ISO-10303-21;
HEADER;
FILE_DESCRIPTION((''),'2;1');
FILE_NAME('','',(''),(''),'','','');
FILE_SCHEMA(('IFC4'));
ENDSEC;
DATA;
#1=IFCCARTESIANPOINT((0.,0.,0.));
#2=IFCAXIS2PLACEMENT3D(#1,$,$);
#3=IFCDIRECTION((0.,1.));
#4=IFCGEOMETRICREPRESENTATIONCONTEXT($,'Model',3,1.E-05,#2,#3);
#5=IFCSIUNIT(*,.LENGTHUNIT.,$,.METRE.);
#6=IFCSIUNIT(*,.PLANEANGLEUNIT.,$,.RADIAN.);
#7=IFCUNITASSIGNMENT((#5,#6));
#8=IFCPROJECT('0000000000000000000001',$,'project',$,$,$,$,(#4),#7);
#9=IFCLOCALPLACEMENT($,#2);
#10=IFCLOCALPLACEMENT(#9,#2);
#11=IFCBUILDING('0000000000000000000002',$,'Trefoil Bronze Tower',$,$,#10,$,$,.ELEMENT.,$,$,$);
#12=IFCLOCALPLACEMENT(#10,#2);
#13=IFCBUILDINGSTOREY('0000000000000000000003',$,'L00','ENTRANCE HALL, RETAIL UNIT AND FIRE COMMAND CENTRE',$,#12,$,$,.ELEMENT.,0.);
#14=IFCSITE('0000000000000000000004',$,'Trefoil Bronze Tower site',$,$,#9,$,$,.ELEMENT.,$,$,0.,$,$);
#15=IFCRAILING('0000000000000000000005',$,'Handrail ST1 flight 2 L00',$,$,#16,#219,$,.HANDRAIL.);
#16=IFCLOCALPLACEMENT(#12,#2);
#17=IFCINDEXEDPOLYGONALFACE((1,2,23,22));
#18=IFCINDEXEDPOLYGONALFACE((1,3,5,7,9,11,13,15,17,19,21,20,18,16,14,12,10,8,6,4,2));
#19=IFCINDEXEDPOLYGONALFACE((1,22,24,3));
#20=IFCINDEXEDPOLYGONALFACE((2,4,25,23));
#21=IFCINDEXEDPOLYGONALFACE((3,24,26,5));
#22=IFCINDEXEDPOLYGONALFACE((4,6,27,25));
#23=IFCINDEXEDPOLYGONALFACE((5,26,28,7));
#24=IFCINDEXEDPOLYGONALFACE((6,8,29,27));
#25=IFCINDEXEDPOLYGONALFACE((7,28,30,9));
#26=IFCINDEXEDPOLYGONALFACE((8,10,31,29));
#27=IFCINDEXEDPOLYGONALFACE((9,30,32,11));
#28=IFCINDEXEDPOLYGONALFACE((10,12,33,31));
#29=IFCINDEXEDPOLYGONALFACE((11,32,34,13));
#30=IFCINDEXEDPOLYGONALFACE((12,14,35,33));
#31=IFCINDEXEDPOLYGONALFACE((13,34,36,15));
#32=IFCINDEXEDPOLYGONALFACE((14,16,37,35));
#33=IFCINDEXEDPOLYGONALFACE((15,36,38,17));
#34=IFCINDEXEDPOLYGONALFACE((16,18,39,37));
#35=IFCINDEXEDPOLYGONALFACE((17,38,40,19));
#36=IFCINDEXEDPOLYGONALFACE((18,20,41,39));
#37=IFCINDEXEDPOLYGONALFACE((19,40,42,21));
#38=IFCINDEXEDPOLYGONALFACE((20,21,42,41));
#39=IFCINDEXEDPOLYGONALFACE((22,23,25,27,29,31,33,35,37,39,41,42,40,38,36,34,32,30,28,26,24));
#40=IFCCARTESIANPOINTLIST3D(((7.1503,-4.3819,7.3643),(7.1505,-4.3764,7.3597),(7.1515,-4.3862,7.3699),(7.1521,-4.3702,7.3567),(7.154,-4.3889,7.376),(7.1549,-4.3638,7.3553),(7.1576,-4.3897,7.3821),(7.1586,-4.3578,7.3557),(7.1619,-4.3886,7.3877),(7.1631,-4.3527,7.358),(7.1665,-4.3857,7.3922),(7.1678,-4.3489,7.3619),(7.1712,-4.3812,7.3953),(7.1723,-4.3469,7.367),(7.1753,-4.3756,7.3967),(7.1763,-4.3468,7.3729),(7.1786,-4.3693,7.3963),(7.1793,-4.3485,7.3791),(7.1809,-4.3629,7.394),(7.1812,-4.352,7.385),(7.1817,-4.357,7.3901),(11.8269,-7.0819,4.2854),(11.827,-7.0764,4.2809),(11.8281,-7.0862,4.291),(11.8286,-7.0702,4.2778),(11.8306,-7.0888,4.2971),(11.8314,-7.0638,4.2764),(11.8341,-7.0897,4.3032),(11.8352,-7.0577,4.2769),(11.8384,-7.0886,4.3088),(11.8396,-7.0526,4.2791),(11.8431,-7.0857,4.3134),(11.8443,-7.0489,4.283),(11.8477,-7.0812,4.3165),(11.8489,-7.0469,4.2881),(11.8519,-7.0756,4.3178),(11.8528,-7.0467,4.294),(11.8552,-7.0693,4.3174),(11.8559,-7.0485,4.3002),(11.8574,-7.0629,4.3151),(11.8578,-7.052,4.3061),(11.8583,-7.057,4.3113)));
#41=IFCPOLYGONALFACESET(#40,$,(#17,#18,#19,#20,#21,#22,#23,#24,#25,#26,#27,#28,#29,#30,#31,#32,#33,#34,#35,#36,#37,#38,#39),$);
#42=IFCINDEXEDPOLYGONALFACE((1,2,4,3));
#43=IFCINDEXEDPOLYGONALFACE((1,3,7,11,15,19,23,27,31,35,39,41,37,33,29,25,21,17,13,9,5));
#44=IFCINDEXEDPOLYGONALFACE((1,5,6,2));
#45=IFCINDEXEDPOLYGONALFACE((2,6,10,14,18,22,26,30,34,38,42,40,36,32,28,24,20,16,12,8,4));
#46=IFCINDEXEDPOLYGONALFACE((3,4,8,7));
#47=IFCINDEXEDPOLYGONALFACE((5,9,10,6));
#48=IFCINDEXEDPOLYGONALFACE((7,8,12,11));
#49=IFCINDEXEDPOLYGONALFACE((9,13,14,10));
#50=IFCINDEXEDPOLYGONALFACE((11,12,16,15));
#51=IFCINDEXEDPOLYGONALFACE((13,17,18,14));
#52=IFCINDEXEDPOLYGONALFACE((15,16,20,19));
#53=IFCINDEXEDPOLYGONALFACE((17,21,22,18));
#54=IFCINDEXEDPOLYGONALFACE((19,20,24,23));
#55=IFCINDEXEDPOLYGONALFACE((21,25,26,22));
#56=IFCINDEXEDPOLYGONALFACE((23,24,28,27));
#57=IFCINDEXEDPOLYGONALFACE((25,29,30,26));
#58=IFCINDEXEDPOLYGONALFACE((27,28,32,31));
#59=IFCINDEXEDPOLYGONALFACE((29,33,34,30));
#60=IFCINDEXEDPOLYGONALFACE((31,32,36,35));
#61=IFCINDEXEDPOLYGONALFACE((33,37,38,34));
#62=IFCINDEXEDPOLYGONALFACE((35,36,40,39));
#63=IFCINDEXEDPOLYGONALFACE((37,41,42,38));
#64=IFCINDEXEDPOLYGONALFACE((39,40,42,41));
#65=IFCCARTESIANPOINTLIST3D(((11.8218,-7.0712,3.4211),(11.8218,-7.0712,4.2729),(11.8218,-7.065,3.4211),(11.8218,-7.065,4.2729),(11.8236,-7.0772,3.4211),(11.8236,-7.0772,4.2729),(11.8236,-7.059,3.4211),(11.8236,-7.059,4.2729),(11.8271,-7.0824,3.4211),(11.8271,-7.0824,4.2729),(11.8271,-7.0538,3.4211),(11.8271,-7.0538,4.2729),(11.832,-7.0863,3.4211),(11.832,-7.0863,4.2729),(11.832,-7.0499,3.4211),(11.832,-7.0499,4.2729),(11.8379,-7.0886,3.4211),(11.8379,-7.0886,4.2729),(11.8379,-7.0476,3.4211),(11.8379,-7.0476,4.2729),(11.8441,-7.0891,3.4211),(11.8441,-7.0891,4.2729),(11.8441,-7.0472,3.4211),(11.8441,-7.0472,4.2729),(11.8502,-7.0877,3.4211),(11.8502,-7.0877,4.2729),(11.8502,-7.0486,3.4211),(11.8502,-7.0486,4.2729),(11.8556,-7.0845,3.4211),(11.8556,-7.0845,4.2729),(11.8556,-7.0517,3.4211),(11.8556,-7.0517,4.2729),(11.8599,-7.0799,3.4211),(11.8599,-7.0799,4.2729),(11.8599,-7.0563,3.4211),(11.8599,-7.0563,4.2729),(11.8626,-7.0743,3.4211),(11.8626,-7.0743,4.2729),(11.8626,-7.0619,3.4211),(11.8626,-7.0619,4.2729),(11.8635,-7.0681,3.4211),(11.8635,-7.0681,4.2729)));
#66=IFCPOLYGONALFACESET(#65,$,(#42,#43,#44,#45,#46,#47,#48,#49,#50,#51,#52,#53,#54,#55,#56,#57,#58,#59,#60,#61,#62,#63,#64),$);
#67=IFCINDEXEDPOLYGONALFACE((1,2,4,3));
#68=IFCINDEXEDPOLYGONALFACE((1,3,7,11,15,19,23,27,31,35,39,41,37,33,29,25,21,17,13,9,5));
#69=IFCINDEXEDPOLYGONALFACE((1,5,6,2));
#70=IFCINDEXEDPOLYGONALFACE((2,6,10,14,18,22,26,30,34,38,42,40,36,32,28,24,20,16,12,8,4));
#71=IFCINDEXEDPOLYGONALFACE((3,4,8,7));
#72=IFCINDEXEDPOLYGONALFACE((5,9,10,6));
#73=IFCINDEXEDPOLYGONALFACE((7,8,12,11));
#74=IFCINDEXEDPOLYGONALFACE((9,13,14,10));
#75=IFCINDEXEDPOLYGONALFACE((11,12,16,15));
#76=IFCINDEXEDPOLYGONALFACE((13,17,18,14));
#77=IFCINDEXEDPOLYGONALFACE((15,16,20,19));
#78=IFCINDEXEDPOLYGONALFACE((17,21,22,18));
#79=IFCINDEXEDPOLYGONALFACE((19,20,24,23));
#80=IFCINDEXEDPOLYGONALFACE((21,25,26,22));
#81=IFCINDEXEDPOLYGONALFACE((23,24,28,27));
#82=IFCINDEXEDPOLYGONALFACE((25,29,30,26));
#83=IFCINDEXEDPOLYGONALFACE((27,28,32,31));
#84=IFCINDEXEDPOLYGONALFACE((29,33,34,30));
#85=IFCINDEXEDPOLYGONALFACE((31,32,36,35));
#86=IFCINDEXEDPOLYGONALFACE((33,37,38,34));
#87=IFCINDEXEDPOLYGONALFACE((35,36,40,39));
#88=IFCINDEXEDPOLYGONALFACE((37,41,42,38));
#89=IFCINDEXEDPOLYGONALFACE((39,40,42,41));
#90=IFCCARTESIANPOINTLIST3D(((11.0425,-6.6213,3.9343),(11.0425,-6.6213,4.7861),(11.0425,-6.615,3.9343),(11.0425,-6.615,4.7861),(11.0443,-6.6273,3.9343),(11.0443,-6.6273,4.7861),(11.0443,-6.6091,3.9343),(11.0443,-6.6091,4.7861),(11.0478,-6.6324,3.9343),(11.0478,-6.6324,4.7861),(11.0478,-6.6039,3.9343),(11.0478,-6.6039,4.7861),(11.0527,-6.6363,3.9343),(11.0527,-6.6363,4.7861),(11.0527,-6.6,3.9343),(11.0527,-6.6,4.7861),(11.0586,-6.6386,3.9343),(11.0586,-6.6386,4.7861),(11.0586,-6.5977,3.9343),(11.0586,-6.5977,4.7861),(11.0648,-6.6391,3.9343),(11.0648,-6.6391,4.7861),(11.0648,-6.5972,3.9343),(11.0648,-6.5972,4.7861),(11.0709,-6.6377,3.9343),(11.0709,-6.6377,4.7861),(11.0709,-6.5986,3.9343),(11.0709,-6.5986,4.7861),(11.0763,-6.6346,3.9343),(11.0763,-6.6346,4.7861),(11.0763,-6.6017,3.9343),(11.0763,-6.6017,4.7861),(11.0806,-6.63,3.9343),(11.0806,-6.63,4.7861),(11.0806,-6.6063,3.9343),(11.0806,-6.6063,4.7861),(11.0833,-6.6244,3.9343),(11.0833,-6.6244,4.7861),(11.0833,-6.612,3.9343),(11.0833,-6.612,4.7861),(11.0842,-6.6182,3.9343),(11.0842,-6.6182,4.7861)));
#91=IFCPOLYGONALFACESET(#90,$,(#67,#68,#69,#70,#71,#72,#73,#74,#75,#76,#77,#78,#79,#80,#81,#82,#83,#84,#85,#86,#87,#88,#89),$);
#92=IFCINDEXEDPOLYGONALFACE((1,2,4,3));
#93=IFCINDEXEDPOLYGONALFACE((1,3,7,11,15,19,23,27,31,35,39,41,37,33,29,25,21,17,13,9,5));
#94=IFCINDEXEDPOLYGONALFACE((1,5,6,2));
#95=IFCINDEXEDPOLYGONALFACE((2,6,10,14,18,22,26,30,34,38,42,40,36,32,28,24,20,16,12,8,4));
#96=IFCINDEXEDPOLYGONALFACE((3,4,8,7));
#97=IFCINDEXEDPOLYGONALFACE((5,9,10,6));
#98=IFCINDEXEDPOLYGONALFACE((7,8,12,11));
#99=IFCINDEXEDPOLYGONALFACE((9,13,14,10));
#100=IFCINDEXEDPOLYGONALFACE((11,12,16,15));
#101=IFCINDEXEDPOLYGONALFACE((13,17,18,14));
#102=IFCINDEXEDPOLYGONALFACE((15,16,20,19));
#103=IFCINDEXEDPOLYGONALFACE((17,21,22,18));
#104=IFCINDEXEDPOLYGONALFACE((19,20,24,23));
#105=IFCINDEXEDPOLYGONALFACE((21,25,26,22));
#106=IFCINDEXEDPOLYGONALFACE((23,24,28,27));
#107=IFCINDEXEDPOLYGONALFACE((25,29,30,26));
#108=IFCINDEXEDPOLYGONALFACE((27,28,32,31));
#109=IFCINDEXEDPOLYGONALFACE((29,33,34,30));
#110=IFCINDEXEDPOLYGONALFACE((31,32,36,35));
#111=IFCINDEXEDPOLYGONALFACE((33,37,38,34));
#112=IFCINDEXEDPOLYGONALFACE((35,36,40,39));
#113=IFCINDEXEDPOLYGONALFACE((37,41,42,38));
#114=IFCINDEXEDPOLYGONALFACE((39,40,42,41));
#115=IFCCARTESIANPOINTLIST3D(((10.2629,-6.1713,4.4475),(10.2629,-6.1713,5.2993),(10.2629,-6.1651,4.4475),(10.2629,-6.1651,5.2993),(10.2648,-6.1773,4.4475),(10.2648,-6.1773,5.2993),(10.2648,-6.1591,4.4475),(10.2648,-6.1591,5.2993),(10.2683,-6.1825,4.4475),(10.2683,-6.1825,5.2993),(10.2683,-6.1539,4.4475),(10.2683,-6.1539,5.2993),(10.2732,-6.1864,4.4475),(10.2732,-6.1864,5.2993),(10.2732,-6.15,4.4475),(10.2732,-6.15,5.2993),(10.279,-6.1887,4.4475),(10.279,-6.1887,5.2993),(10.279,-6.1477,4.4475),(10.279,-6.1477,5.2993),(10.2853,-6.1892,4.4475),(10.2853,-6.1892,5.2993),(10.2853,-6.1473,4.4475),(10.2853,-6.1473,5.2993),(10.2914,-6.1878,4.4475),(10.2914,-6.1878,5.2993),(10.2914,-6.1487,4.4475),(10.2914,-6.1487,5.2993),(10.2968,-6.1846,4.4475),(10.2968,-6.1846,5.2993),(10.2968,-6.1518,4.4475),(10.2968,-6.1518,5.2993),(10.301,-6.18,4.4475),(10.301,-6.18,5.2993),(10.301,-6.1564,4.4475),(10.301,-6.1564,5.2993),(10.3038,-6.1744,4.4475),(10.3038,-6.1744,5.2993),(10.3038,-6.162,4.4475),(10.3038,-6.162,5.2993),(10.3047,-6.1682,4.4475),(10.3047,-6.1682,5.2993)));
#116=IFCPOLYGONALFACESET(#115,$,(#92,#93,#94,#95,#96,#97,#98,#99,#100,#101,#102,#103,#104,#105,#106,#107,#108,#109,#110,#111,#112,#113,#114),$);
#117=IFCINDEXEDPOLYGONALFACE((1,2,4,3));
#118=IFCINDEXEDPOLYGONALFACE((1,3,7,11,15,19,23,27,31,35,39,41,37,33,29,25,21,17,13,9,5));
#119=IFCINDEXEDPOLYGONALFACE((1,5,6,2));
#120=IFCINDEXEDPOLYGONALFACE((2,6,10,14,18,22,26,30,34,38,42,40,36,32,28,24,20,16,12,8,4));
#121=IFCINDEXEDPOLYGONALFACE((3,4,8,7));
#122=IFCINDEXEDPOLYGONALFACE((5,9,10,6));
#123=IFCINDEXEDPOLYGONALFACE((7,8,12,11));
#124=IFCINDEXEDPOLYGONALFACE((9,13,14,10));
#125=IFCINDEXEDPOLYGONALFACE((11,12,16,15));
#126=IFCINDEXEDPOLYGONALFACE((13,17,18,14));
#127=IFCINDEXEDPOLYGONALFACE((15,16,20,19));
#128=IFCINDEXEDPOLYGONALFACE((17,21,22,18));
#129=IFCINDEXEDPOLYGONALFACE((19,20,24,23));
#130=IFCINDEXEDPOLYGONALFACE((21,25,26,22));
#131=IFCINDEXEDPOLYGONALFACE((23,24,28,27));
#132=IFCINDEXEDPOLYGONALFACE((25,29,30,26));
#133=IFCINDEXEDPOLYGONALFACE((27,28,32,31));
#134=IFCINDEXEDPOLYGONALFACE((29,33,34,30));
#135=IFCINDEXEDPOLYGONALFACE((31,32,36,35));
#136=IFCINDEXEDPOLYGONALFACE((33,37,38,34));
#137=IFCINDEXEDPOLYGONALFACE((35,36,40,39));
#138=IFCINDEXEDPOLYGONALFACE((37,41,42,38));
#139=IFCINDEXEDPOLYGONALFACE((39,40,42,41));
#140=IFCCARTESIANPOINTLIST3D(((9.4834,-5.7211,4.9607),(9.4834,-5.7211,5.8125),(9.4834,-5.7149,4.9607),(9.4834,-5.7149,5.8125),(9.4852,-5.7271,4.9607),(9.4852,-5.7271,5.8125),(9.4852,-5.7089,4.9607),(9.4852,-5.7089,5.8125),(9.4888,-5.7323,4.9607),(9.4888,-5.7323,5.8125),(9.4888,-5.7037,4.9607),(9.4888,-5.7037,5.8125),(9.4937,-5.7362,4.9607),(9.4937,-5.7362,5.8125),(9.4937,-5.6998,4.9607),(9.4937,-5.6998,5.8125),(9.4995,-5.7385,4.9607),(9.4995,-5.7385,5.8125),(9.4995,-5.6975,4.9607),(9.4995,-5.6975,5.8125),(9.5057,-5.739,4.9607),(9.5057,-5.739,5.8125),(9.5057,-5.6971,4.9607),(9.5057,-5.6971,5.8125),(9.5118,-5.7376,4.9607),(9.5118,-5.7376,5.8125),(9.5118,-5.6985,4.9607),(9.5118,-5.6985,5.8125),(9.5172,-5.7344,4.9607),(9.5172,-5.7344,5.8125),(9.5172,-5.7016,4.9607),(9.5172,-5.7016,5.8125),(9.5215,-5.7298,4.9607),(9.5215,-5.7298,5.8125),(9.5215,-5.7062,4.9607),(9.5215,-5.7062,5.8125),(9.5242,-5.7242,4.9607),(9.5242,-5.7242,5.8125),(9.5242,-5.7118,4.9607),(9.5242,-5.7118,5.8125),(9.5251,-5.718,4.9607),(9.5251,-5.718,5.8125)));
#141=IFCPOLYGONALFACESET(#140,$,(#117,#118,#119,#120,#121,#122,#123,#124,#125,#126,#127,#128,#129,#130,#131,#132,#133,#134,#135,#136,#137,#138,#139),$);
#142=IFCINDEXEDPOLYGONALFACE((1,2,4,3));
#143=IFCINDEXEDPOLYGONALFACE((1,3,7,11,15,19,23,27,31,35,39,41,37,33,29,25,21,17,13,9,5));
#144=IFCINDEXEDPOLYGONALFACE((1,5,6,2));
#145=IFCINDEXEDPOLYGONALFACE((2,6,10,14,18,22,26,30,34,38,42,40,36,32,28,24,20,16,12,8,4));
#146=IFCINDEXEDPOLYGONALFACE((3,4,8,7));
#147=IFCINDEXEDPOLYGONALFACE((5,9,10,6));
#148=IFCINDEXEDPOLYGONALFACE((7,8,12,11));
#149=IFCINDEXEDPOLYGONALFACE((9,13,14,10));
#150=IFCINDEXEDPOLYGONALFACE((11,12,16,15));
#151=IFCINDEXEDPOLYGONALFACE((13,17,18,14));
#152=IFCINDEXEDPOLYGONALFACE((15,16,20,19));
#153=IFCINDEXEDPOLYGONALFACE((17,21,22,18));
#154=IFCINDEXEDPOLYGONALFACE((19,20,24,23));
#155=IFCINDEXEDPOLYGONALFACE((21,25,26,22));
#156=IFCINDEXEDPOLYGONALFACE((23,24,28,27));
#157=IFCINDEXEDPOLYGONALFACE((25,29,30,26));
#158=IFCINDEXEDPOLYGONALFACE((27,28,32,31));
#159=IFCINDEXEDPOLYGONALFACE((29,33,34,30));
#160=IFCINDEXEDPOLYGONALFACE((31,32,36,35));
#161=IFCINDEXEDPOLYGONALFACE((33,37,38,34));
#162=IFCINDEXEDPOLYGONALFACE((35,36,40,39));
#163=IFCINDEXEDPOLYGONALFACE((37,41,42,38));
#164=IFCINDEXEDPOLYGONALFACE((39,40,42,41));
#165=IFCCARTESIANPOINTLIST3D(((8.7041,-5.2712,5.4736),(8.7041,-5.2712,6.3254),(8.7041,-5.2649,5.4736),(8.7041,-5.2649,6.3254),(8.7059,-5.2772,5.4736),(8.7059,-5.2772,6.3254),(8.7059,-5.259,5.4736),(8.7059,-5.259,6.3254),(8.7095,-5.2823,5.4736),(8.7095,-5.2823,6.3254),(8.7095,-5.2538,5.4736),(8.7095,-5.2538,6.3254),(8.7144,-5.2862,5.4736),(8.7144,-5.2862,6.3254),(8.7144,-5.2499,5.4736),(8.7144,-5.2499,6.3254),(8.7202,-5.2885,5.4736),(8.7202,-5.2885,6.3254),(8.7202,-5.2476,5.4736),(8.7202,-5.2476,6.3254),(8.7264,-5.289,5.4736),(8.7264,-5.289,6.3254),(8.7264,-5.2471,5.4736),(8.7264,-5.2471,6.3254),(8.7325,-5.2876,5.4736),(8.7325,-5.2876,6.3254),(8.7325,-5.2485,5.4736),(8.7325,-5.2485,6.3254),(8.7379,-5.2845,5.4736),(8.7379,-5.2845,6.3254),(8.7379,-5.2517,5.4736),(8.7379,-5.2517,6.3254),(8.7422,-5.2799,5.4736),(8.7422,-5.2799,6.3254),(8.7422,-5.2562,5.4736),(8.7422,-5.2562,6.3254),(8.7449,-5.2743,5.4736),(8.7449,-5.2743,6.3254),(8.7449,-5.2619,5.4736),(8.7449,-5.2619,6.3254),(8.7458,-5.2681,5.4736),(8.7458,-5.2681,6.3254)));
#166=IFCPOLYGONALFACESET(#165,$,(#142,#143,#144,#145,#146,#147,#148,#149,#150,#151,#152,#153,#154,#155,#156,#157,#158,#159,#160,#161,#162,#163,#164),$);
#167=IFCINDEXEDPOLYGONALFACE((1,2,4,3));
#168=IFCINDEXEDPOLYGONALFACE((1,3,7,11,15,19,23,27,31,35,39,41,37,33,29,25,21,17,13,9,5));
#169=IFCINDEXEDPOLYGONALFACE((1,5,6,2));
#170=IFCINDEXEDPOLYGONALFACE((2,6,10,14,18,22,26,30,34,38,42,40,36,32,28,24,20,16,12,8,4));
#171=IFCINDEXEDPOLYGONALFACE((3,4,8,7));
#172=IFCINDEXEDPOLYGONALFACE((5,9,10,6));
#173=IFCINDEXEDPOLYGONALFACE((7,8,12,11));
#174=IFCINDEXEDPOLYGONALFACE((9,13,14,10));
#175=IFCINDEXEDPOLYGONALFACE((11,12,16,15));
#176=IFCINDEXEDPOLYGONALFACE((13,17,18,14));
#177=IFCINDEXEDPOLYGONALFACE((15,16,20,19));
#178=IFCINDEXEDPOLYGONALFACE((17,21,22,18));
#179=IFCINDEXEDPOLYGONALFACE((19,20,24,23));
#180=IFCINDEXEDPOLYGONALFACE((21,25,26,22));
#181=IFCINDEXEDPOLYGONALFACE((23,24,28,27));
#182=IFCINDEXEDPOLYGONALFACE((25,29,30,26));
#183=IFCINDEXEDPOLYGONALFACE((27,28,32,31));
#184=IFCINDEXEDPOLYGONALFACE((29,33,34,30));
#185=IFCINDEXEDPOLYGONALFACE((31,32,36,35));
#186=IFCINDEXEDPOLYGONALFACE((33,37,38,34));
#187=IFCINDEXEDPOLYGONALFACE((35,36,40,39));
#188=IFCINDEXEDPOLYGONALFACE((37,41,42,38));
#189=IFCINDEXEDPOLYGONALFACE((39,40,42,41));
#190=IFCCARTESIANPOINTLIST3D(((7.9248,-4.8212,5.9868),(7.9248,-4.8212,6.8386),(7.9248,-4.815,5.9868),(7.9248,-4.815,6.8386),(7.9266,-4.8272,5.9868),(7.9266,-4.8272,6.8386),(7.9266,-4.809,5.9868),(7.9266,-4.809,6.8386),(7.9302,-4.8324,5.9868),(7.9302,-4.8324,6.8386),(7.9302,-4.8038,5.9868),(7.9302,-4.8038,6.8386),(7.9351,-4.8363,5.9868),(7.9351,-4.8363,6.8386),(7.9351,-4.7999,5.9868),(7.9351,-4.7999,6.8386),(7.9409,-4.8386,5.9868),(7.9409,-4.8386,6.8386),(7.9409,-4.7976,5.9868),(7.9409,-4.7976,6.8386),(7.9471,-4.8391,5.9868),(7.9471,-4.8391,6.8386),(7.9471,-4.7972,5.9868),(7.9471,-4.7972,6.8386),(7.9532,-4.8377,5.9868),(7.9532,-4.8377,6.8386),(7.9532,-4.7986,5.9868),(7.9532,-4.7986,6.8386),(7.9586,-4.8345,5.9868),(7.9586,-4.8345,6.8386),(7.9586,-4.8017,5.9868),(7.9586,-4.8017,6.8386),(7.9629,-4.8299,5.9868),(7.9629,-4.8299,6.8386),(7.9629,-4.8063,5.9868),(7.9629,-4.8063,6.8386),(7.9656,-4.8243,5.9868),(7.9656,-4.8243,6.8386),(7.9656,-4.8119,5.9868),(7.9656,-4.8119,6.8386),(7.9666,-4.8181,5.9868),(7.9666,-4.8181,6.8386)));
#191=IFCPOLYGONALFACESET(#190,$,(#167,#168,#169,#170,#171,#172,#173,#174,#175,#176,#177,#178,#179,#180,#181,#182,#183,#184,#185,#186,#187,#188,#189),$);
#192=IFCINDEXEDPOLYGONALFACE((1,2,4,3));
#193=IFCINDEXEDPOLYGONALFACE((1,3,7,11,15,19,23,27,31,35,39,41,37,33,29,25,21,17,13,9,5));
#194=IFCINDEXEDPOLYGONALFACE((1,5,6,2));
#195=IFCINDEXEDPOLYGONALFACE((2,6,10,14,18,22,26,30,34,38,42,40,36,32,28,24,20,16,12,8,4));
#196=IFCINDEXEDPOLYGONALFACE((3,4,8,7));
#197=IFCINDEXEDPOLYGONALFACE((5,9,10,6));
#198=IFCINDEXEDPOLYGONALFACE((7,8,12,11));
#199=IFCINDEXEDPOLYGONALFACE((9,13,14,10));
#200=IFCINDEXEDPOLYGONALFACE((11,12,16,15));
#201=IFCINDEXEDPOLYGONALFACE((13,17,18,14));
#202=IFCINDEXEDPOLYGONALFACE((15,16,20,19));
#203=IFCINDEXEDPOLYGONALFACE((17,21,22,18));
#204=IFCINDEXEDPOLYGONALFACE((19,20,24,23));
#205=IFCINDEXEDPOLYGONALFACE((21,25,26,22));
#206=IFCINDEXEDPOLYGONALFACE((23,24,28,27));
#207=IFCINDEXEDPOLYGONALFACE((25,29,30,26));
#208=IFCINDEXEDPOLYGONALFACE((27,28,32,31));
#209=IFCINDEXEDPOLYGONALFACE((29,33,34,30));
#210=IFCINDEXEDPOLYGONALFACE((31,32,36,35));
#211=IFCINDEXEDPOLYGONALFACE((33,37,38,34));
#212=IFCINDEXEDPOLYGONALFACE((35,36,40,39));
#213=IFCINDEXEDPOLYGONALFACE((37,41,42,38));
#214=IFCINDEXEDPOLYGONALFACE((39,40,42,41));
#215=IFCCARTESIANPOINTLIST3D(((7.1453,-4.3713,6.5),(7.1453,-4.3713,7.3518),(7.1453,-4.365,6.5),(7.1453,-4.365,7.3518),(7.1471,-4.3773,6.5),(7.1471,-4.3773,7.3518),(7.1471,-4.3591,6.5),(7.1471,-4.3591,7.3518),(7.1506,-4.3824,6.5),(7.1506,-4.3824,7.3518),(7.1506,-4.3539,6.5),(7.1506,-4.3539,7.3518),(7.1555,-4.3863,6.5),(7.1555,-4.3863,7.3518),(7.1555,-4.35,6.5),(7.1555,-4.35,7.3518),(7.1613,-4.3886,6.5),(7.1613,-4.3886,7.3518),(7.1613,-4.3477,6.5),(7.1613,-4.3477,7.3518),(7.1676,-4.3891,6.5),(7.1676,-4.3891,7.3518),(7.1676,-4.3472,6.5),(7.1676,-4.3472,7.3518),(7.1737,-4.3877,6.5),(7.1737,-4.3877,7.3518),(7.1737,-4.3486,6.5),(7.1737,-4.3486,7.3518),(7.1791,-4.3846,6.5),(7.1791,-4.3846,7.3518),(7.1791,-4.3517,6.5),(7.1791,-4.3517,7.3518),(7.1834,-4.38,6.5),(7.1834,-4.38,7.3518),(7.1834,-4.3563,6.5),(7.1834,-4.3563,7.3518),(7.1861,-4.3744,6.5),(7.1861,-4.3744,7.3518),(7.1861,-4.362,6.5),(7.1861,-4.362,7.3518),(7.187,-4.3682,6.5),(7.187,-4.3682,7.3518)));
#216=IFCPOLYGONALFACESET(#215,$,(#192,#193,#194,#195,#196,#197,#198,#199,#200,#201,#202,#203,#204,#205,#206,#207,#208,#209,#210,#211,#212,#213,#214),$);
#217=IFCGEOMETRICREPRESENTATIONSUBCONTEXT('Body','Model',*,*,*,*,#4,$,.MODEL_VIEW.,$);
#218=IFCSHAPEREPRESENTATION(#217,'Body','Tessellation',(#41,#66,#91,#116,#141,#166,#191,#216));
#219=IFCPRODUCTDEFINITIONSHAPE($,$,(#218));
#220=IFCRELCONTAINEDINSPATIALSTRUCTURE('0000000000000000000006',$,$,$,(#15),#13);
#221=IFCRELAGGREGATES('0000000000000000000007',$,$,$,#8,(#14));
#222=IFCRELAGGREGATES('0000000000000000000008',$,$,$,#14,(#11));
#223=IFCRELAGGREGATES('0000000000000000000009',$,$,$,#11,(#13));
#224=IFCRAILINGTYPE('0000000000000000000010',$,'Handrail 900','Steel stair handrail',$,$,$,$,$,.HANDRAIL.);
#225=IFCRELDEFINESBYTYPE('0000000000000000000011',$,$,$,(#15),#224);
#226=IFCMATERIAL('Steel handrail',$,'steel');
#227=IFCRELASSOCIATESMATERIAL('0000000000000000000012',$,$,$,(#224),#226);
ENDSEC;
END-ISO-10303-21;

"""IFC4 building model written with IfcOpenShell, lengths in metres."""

from ifc_helpers import new_model, si_unit, direction, frame, origin, origin_2d, place, context, subcontext, project, spatial, circle, extrude, material, type_object, element, save


model = new_model("IFC4")

# Units and contexts
model_context = context("Model", 3, precision=1e-05, world=origin(), true_north=direction((0.0, 1.0)))
body_context = subcontext(model_context, "Body", "Model", "MODEL_VIEW")
ifc_project = project(units=[si_unit("LENGTHUNIT", "METRE"), si_unit("PLANEANGLEUNIT", "RADIAN")], contexts=[model_context])

# Site, building, storey
site_placement = place(None, origin())
site = spatial("IfcSite", under=ifc_project, at=site_placement, Name="Trefoil Bronze Tower site", CompositionType="ELEMENT", RefElevation=0.0)
building_placement = place(site_placement, origin())
building = spatial("IfcBuilding", under=site, at=building_placement, Name="Trefoil Bronze Tower", CompositionType="ELEMENT")
storey_placement = place(building_placement, origin())
storey = spatial("IfcBuildingStorey", under=building, at=storey_placement, Name="L00", Description="ENTRANCE HALL, RETAIL UNIT AND FIRE COMMAND CENTRE", CompositionType="ELEMENT", Elevation=0.0)

# Railing
ifc_material_1 = material(Name="Steel handrail", Category="steel")
railing_type = type_object("IfcRailingType", Name="Handrail 900", Description="Steel stair handrail", PredefinedType="HANDRAIL", material=ifc_material_1)
railing_placement = place(storey_placement, frame((11.8425, -7.0681, 3.4211)))
element("IfcRailing", 1, at=railing_placement, inside=storey, type_object=railing_type, Name="Handrail ST1 flight 2 L00", PredefinedType="HANDRAIL", context=body_context, shape_type="SweptSolid", body=[
    extrude(circle(Radius=0.0239, at=origin_2d()), frame((0.0, 0.0, 0.876), z_axis=(-0.752333, 0.434354, 0.49531), x_axis=(-0.499995, -0.866028, 0.0)), (0.0, 0.0, 1.0), 6.2161),
    extrude(circle(Radius=0.021, at=origin_2d()), origin(), (0.0, 0.0, 1.0), 0.8518),
    extrude(circle(Radius=0.021, at=origin_2d()), frame((-0.7793, 0.45, 0.5132)), (0.0, 0.0, 1.0), 0.8518),
    extrude(circle(Radius=0.021, at=origin_2d()), frame((-1.5588, 0.8999, 1.0264)), (0.0, 0.0, 1.0), 0.8518),
    extrude(circle(Radius=0.021, at=origin_2d()), frame((-2.3384, 1.3501, 1.5396)), (0.0, 0.0, 1.0), 0.8518),
    extrude(circle(Radius=0.021, at=origin_2d()), frame((-3.1177, 1.8, 2.0525)), (0.0, 0.0, 1.0), 0.8518),
    extrude(circle(Radius=0.021, at=origin_2d()), frame((-3.897, 2.25, 2.5657)), (0.0, 0.0, 1.0), 0.8518),
    extrude(circle(Radius=0.021, at=origin_2d()), frame((-4.6765, 2.7, 3.0789)), (0.0, 0.0, 1.0), 0.8518),
])

save(model, "model.ifc")
